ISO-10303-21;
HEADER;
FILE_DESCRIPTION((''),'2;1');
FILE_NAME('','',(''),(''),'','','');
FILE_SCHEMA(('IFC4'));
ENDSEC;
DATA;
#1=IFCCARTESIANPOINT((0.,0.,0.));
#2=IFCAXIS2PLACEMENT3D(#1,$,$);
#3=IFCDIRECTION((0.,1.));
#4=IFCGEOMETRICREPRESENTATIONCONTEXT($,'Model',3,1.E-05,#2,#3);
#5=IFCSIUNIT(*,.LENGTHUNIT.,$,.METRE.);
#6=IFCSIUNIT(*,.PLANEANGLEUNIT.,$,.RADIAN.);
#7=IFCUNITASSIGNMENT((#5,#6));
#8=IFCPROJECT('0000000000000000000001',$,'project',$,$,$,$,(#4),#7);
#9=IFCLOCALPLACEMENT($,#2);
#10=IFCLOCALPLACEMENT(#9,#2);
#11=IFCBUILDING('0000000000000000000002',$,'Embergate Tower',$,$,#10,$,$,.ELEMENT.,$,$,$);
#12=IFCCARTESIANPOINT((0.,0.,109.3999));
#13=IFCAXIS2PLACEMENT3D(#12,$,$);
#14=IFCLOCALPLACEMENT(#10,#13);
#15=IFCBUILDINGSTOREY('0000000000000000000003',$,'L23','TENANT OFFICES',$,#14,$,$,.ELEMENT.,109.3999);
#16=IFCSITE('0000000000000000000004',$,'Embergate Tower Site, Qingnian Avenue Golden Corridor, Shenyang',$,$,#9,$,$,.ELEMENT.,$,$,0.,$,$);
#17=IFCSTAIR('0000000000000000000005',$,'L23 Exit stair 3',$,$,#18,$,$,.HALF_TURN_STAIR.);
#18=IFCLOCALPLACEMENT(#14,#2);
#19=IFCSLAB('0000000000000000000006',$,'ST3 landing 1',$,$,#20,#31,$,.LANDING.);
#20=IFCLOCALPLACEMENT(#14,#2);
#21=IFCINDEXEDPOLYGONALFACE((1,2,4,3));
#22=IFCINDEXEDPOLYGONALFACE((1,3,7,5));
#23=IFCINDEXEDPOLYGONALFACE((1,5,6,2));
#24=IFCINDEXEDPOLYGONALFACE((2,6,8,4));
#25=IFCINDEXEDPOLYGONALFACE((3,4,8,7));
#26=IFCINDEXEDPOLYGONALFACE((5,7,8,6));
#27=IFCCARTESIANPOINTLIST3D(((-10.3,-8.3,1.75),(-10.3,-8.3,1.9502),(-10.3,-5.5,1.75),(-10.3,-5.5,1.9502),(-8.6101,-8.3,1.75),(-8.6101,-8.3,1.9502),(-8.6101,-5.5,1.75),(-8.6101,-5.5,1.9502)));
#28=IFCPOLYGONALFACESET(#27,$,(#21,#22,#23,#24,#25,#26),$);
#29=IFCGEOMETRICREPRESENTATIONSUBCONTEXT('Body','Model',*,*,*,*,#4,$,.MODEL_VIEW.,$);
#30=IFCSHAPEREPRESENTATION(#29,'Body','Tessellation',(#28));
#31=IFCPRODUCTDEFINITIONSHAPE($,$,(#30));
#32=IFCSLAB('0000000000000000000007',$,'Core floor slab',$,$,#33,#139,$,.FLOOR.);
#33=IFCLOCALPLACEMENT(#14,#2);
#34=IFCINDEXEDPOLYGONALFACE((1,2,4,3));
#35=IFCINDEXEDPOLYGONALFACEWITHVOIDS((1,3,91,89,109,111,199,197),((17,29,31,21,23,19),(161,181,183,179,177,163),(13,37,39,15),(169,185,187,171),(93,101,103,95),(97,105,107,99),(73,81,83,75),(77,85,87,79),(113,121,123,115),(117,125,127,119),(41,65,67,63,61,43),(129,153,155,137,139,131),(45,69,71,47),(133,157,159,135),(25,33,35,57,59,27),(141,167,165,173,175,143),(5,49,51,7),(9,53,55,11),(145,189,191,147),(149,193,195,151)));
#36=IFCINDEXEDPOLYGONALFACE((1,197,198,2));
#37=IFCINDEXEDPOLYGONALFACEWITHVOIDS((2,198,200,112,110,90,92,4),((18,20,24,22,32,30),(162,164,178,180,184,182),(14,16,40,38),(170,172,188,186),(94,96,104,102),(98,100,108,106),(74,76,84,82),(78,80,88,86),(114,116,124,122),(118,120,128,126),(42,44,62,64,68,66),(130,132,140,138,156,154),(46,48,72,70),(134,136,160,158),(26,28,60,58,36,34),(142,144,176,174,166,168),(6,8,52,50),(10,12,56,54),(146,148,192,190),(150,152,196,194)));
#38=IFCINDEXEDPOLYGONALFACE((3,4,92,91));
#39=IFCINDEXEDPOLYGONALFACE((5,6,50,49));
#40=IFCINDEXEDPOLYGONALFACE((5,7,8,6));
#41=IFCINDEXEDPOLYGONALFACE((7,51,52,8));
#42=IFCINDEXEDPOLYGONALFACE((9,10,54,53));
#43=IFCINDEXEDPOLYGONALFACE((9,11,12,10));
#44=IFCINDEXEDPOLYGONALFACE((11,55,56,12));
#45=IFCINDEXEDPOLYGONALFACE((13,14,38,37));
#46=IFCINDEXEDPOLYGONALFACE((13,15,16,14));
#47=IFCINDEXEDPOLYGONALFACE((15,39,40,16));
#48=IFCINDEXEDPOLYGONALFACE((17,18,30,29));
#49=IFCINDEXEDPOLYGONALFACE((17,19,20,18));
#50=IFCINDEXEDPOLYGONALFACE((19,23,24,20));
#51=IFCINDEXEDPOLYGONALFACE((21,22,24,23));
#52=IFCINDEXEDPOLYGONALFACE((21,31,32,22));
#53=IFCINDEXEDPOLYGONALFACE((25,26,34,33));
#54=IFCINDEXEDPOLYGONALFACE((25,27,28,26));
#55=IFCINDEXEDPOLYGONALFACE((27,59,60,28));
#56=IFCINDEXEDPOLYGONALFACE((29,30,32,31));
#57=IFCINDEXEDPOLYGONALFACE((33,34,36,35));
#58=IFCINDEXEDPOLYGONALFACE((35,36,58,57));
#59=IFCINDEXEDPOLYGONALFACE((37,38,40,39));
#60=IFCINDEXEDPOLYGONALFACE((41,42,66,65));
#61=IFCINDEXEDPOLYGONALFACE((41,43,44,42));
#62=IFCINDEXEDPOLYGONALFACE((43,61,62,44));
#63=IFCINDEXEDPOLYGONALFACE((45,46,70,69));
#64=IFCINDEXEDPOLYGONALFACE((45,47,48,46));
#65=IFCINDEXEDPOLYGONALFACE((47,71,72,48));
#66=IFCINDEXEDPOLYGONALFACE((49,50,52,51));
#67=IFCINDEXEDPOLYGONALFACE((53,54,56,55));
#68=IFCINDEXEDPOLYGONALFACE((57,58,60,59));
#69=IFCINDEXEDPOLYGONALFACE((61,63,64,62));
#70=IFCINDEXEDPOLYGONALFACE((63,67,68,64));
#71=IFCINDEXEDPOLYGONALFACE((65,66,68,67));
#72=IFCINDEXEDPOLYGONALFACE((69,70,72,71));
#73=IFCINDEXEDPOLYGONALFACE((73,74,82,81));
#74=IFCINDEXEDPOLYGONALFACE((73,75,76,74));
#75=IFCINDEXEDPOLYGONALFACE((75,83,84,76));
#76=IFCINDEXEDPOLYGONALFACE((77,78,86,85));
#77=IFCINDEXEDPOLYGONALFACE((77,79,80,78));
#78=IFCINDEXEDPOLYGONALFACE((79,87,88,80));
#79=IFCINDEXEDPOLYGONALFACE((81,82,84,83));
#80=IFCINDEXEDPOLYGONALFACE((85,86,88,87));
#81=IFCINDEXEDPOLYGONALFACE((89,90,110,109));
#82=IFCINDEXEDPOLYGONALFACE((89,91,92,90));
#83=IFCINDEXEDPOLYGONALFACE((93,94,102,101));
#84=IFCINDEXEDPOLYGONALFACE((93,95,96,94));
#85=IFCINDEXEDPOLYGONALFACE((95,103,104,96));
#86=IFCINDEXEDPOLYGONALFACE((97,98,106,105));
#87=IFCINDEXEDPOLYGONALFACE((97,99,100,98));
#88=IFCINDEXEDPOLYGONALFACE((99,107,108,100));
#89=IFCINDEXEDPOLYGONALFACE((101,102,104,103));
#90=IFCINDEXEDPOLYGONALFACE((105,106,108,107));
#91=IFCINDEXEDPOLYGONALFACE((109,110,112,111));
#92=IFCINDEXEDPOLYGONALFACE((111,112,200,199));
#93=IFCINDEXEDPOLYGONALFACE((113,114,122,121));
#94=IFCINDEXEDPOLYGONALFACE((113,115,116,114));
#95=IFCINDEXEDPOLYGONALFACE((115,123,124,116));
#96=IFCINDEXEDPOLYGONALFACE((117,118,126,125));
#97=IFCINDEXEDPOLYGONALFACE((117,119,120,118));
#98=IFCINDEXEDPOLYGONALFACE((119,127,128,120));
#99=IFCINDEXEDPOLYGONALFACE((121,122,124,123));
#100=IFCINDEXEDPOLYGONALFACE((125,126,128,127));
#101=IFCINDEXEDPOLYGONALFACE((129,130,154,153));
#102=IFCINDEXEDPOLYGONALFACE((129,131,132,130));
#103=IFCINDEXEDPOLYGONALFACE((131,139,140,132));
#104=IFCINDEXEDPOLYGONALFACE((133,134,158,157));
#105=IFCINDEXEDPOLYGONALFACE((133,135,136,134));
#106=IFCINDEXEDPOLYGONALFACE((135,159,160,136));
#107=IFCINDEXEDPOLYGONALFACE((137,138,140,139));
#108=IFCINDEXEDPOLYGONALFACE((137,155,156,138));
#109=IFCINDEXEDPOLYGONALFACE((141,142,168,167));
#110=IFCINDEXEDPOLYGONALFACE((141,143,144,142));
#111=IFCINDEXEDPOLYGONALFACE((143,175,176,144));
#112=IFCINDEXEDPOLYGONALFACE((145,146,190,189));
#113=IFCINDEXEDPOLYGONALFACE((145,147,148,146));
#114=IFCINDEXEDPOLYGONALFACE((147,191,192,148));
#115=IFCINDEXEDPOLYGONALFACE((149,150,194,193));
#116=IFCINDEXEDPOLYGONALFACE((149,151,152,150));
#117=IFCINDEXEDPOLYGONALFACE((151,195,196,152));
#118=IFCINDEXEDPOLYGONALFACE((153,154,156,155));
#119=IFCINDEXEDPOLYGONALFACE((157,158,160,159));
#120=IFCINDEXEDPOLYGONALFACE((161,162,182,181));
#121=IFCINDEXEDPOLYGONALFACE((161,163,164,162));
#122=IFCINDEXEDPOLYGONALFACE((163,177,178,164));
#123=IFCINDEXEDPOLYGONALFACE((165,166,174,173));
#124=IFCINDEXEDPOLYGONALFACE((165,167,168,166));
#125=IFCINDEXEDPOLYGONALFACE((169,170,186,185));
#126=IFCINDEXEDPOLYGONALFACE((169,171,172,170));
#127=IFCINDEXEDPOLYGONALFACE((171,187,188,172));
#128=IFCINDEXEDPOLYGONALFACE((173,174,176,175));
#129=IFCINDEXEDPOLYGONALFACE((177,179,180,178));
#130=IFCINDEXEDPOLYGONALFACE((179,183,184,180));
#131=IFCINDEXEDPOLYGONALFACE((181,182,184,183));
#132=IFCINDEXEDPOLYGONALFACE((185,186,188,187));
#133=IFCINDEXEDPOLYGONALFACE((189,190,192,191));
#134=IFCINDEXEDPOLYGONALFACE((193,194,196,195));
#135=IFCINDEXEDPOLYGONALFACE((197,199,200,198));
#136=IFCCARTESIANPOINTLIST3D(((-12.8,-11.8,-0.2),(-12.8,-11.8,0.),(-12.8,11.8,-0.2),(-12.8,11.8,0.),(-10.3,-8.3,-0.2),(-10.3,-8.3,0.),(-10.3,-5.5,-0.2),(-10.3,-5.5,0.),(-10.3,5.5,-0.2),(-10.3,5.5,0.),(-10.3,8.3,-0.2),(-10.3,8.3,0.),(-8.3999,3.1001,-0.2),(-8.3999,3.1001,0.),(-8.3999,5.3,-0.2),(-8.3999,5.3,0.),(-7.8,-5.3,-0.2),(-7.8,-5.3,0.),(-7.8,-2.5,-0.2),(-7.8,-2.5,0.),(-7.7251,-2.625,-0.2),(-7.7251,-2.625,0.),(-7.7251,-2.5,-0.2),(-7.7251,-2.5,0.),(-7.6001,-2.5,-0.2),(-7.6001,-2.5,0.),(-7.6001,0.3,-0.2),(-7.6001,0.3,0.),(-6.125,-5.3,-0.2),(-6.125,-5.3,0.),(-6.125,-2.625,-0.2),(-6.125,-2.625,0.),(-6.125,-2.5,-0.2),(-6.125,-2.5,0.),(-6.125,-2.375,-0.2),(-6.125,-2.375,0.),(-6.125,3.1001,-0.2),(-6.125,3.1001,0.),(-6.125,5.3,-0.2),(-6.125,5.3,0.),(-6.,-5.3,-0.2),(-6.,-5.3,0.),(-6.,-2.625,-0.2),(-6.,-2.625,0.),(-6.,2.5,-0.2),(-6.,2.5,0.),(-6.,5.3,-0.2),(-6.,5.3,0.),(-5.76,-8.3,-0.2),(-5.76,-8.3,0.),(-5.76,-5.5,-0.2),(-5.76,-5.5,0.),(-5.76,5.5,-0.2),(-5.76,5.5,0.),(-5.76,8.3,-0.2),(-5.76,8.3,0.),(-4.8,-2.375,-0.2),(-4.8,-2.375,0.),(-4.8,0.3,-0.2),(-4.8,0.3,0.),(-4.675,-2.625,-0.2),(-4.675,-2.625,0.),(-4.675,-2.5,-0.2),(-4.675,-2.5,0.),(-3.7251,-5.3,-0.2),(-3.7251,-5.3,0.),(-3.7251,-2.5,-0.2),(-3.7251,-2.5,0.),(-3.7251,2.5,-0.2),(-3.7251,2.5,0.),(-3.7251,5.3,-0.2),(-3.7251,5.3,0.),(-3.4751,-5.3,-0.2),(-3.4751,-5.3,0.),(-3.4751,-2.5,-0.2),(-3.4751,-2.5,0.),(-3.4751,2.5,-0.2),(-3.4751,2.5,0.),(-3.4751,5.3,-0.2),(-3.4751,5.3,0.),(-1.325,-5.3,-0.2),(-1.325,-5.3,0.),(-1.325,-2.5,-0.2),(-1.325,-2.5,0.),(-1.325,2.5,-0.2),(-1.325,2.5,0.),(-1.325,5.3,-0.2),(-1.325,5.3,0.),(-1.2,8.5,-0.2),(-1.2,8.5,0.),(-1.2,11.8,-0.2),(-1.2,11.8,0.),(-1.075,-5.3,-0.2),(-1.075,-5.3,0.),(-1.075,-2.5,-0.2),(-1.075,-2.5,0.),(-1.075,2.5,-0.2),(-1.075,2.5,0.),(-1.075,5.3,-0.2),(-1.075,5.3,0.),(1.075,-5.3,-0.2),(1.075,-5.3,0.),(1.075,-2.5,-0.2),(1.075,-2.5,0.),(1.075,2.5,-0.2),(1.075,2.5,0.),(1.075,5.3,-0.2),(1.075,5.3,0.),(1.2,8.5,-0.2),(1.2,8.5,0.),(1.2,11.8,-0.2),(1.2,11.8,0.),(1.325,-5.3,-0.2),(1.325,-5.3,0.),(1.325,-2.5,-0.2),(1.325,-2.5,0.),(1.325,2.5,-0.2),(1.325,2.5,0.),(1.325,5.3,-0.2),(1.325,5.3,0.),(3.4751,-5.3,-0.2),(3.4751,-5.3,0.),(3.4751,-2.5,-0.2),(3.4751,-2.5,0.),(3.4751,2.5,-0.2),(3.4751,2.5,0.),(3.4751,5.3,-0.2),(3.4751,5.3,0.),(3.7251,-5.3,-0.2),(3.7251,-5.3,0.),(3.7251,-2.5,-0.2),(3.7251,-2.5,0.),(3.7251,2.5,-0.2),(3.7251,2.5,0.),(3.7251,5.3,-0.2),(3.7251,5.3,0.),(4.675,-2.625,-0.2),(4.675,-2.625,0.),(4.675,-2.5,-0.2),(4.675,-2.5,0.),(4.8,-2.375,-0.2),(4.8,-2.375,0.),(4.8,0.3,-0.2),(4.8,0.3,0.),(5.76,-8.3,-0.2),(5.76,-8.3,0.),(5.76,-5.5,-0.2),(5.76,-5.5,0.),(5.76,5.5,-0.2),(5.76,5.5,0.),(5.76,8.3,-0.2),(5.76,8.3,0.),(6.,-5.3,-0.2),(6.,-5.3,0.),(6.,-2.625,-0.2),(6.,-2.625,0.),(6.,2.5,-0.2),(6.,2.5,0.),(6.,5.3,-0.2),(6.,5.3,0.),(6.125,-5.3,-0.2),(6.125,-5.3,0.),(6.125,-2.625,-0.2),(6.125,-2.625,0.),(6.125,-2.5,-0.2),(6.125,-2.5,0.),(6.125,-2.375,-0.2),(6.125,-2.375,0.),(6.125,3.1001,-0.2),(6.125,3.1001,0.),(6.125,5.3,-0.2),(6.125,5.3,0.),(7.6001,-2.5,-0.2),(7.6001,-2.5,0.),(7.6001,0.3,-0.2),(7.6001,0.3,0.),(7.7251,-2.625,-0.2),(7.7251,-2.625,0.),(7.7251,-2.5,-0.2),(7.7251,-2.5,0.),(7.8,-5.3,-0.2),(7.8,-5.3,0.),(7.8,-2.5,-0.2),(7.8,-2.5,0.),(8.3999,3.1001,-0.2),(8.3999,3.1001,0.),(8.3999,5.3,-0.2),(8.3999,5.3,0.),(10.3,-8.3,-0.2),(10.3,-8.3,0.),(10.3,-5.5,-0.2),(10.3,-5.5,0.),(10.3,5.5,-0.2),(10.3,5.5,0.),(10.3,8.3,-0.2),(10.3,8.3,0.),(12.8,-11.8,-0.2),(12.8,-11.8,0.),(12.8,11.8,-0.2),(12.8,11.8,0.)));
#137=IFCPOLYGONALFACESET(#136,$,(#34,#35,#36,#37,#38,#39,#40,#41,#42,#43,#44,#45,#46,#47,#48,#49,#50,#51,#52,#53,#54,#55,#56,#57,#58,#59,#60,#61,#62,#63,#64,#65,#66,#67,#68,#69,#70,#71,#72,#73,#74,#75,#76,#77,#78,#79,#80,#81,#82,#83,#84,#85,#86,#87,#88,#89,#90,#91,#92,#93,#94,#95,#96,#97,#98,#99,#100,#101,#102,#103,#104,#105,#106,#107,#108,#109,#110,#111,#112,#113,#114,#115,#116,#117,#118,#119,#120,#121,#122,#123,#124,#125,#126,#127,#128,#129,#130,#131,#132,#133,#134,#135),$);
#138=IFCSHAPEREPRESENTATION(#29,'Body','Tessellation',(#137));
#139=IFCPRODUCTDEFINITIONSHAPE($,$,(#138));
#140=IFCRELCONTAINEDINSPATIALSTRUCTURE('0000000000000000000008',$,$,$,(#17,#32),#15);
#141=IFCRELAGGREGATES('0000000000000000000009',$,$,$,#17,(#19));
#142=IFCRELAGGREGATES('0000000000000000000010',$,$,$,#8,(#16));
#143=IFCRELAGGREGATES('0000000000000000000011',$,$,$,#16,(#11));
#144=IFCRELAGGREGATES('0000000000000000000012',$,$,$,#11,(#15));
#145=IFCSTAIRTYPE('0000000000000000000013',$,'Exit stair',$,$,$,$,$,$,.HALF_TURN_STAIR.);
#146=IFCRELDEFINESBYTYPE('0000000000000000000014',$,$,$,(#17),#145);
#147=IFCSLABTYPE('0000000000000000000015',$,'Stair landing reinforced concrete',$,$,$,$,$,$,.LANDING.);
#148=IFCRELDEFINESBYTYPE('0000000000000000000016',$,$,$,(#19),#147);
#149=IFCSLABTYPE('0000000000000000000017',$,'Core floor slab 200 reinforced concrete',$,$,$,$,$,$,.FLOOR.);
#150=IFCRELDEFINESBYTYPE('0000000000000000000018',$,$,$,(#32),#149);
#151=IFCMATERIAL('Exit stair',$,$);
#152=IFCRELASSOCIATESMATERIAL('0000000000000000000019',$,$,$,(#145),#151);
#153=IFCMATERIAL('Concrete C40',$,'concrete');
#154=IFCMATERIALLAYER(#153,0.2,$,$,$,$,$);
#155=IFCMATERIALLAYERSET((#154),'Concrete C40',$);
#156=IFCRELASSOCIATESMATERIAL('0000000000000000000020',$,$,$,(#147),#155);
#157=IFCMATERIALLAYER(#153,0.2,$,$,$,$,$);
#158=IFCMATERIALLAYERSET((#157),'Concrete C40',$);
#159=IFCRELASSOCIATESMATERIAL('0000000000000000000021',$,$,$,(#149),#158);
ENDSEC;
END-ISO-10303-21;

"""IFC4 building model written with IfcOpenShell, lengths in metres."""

from ifc_helpers import new_model, si_unit, direction, frame, origin, place, context, subcontext, project, spatial, polyline, outline, extrude, source, transform, mapped, material, layer, layer_set, type_object, element, aggregate, save


model = new_model("IFC4")

# Units and contexts
model_context = context("Model", 3, precision=1e-05, world=origin(), true_north=direction((0.0, 1.0)))
body_context = subcontext(model_context, "Body", "Model", "MODEL_VIEW")
ifc_project = project(units=[si_unit("LENGTHUNIT", "METRE"), si_unit("PLANEANGLEUNIT", "RADIAN")], contexts=[model_context])

# Site, building, storey
site_placement = place(None, origin())
site = spatial("IfcSite", under=ifc_project, at=site_placement, Name="Embergate Tower Site, Qingnian Avenue Golden Corridor, Shenyang", CompositionType="ELEMENT", RefElevation=0.0)
building_placement = place(site_placement, origin())
building = spatial("IfcBuilding", under=site, at=building_placement, Name="Embergate Tower", CompositionType="ELEMENT")
storey_placement = place(building_placement, frame((0.0, 0.0, 109.3999)))
storey = spatial("IfcBuildingStorey", under=building, at=storey_placement, Name="L23", Description="TENANT OFFICES", CompositionType="ELEMENT", Elevation=109.3999)

# Stair, slab
ifc_material_1 = material(Name="Exit stair")
stair_type = type_object("IfcStairType", Name="Exit stair", PredefinedType="HALF_TURN_STAIR", material=ifc_material_1)
stair_placement = place(storey_placement, origin())
stair = element("IfcStair", 1, at=stair_placement, inside=storey, type_object=stair_type, Name="L23 Exit stair 3", PredefinedType="HALF_TURN_STAIR")
ifc_material_2 = material(Name="Concrete C40", Category="concrete")
ifc_layer_1 = layer(ifc_material_2, 0.2)
ifc_layer_set_1 = layer_set([ifc_layer_1], Name="Concrete C40")
slab_type_1 = type_object("IfcSlabType", Name="Stair landing reinforced concrete", PredefinedType="LANDING", material=ifc_layer_set_1)
shared_shape_1 = source(origin(), body_context, "Body", "SweptSolid", [
    extrude(outline(polyline([(0.0, 0.0), (1.6899, 0.0), (1.6899, 2.8), (0.0, 2.8), (0.0, 0.0)])), origin(), (0.0, 0.0, 1.0), 0.2002),
])
slab_1_placement = place(storey_placement, frame((-10.3, -8.3, 1.75)))
slab_1 = element("IfcSlab", 2, at=slab_1_placement, type_object=slab_type_1, Name="ST3 landing 1", PredefinedType="LANDING", context=body_context, shape_type="MappedRepresentation", body=[
    mapped(shared_shape_1, transform((0.0, 0.0, 0.0))),
])

# Slab
ifc_layer_2 = layer(ifc_material_2, 0.2)
ifc_layer_set_2 = layer_set([ifc_layer_2], Name="Concrete C40")
slab_type_2 = type_object("IfcSlabType", Name="Core floor slab 200 reinforced concrete", PredefinedType="FLOOR", material=ifc_layer_set_2)
shared_shape_2 = source(origin(), body_context, "Body", "SweptSolid", [
    extrude(outline(polyline([(0.0, 0.0), (25.6001, 0.0), (25.6001, 23.6001), (14.0, 23.6001), (14.0, 20.3), (11.6001, 20.3), (11.6001, 23.6001), (0.0, 23.6001), (0.0, 0.0)]), holes=[polyline([(2.5, 3.5), (2.5, 6.3), (7.04, 6.3), (7.04, 3.5), (2.5, 3.5)]), polyline([(18.5601, 3.5), (18.5601, 6.3), (23.1001, 6.3), (23.1001, 3.5), (18.5601, 3.5)]), polyline([(5.0, 6.5), (5.0, 9.3), (5.075, 9.3), (5.075, 9.175), (6.675, 9.175), (6.675, 6.5), (5.0, 6.5)]), polyline([(6.8, 6.5), (6.8, 9.175), (8.125, 9.175), (8.125, 9.3), (9.075, 9.3), (9.075, 6.5), (6.8, 6.5)]), polyline([(9.325, 6.5), (9.325, 9.3), (11.4751, 9.3), (11.4751, 6.5), (9.325, 6.5)]), polyline([(11.7251, 6.5), (11.7251, 9.3), (13.875, 9.3), (13.875, 6.5), (11.7251, 6.5)]), polyline([(14.125, 6.5), (14.125, 9.3), (16.2751, 9.3), (16.2751, 6.5), (14.125, 6.5)]), polyline([(16.5251, 6.5), (16.5251, 9.3), (17.4751, 9.3), (17.4751, 9.175), (18.8, 9.175), (18.8, 6.5), (16.5251, 6.5)]), polyline([(18.925, 6.5), (18.925, 9.175), (20.5251, 9.175), (20.5251, 9.3), (20.6001, 9.3), (20.6001, 6.5), (18.925, 6.5)]), polyline([(5.2, 9.3), (5.2, 12.1001), (8.0, 12.1001), (8.0, 9.425), (6.675, 9.425), (6.675, 9.3), (5.2, 9.3)]), polyline([(18.925, 9.3), (18.925, 9.425), (17.6001, 9.425), (17.6001, 12.1001), (20.4001, 12.1001), (20.4001, 9.3), (18.925, 9.3)]), polyline([(6.8, 14.3), (6.8, 17.1001), (9.075, 17.1001), (9.075, 14.3), (6.8, 14.3)]), polyline([(9.325, 14.3), (9.325, 17.1001), (11.4751, 17.1001), (11.4751, 14.3), (9.325, 14.3)]), polyline([(11.7251, 14.3), (11.7251, 17.1001), (13.875, 17.1001), (13.875, 14.3), (11.7251, 14.3)]), polyline([(14.125, 14.3), (14.125, 17.1001), (16.2751, 17.1001), (16.2751, 14.3), (14.125, 14.3)]), polyline([(16.5251, 14.3), (16.5251, 17.1001), (18.8, 17.1001), (18.8, 14.3), (16.5251, 14.3)]), polyline([(4.4001, 14.9001), (4.4001, 17.1001), (6.675, 17.1001), (6.675, 14.9001), (4.4001, 14.9001)]), polyline([(18.925, 14.9001), (18.925, 17.1001), (21.2, 17.1001), (21.2, 14.9001), (18.925, 14.9001)]), polyline([(2.5, 17.3), (2.5, 20.1001), (7.04, 20.1001), (7.04, 17.3), (2.5, 17.3)]), polyline([(18.5601, 17.3), (18.5601, 20.1001), (23.1001, 20.1001), (23.1001, 17.3), (18.5601, 17.3)])]), origin(), (0.0, 0.0, 1.0), 0.2),
])
slab_2_placement = place(storey_placement, frame((-12.8, -11.8, -0.2)))
element("IfcSlab", 3, at=slab_2_placement, inside=storey, type_object=slab_type_2, Name="Core floor slab", PredefinedType="FLOOR", context=body_context, shape_type="MappedRepresentation", body=[
    mapped(shared_shape_2, transform((0.0, 0.0, 0.0))),
])

aggregate(stair, [slab_1])

save(model, "model.ifc")
